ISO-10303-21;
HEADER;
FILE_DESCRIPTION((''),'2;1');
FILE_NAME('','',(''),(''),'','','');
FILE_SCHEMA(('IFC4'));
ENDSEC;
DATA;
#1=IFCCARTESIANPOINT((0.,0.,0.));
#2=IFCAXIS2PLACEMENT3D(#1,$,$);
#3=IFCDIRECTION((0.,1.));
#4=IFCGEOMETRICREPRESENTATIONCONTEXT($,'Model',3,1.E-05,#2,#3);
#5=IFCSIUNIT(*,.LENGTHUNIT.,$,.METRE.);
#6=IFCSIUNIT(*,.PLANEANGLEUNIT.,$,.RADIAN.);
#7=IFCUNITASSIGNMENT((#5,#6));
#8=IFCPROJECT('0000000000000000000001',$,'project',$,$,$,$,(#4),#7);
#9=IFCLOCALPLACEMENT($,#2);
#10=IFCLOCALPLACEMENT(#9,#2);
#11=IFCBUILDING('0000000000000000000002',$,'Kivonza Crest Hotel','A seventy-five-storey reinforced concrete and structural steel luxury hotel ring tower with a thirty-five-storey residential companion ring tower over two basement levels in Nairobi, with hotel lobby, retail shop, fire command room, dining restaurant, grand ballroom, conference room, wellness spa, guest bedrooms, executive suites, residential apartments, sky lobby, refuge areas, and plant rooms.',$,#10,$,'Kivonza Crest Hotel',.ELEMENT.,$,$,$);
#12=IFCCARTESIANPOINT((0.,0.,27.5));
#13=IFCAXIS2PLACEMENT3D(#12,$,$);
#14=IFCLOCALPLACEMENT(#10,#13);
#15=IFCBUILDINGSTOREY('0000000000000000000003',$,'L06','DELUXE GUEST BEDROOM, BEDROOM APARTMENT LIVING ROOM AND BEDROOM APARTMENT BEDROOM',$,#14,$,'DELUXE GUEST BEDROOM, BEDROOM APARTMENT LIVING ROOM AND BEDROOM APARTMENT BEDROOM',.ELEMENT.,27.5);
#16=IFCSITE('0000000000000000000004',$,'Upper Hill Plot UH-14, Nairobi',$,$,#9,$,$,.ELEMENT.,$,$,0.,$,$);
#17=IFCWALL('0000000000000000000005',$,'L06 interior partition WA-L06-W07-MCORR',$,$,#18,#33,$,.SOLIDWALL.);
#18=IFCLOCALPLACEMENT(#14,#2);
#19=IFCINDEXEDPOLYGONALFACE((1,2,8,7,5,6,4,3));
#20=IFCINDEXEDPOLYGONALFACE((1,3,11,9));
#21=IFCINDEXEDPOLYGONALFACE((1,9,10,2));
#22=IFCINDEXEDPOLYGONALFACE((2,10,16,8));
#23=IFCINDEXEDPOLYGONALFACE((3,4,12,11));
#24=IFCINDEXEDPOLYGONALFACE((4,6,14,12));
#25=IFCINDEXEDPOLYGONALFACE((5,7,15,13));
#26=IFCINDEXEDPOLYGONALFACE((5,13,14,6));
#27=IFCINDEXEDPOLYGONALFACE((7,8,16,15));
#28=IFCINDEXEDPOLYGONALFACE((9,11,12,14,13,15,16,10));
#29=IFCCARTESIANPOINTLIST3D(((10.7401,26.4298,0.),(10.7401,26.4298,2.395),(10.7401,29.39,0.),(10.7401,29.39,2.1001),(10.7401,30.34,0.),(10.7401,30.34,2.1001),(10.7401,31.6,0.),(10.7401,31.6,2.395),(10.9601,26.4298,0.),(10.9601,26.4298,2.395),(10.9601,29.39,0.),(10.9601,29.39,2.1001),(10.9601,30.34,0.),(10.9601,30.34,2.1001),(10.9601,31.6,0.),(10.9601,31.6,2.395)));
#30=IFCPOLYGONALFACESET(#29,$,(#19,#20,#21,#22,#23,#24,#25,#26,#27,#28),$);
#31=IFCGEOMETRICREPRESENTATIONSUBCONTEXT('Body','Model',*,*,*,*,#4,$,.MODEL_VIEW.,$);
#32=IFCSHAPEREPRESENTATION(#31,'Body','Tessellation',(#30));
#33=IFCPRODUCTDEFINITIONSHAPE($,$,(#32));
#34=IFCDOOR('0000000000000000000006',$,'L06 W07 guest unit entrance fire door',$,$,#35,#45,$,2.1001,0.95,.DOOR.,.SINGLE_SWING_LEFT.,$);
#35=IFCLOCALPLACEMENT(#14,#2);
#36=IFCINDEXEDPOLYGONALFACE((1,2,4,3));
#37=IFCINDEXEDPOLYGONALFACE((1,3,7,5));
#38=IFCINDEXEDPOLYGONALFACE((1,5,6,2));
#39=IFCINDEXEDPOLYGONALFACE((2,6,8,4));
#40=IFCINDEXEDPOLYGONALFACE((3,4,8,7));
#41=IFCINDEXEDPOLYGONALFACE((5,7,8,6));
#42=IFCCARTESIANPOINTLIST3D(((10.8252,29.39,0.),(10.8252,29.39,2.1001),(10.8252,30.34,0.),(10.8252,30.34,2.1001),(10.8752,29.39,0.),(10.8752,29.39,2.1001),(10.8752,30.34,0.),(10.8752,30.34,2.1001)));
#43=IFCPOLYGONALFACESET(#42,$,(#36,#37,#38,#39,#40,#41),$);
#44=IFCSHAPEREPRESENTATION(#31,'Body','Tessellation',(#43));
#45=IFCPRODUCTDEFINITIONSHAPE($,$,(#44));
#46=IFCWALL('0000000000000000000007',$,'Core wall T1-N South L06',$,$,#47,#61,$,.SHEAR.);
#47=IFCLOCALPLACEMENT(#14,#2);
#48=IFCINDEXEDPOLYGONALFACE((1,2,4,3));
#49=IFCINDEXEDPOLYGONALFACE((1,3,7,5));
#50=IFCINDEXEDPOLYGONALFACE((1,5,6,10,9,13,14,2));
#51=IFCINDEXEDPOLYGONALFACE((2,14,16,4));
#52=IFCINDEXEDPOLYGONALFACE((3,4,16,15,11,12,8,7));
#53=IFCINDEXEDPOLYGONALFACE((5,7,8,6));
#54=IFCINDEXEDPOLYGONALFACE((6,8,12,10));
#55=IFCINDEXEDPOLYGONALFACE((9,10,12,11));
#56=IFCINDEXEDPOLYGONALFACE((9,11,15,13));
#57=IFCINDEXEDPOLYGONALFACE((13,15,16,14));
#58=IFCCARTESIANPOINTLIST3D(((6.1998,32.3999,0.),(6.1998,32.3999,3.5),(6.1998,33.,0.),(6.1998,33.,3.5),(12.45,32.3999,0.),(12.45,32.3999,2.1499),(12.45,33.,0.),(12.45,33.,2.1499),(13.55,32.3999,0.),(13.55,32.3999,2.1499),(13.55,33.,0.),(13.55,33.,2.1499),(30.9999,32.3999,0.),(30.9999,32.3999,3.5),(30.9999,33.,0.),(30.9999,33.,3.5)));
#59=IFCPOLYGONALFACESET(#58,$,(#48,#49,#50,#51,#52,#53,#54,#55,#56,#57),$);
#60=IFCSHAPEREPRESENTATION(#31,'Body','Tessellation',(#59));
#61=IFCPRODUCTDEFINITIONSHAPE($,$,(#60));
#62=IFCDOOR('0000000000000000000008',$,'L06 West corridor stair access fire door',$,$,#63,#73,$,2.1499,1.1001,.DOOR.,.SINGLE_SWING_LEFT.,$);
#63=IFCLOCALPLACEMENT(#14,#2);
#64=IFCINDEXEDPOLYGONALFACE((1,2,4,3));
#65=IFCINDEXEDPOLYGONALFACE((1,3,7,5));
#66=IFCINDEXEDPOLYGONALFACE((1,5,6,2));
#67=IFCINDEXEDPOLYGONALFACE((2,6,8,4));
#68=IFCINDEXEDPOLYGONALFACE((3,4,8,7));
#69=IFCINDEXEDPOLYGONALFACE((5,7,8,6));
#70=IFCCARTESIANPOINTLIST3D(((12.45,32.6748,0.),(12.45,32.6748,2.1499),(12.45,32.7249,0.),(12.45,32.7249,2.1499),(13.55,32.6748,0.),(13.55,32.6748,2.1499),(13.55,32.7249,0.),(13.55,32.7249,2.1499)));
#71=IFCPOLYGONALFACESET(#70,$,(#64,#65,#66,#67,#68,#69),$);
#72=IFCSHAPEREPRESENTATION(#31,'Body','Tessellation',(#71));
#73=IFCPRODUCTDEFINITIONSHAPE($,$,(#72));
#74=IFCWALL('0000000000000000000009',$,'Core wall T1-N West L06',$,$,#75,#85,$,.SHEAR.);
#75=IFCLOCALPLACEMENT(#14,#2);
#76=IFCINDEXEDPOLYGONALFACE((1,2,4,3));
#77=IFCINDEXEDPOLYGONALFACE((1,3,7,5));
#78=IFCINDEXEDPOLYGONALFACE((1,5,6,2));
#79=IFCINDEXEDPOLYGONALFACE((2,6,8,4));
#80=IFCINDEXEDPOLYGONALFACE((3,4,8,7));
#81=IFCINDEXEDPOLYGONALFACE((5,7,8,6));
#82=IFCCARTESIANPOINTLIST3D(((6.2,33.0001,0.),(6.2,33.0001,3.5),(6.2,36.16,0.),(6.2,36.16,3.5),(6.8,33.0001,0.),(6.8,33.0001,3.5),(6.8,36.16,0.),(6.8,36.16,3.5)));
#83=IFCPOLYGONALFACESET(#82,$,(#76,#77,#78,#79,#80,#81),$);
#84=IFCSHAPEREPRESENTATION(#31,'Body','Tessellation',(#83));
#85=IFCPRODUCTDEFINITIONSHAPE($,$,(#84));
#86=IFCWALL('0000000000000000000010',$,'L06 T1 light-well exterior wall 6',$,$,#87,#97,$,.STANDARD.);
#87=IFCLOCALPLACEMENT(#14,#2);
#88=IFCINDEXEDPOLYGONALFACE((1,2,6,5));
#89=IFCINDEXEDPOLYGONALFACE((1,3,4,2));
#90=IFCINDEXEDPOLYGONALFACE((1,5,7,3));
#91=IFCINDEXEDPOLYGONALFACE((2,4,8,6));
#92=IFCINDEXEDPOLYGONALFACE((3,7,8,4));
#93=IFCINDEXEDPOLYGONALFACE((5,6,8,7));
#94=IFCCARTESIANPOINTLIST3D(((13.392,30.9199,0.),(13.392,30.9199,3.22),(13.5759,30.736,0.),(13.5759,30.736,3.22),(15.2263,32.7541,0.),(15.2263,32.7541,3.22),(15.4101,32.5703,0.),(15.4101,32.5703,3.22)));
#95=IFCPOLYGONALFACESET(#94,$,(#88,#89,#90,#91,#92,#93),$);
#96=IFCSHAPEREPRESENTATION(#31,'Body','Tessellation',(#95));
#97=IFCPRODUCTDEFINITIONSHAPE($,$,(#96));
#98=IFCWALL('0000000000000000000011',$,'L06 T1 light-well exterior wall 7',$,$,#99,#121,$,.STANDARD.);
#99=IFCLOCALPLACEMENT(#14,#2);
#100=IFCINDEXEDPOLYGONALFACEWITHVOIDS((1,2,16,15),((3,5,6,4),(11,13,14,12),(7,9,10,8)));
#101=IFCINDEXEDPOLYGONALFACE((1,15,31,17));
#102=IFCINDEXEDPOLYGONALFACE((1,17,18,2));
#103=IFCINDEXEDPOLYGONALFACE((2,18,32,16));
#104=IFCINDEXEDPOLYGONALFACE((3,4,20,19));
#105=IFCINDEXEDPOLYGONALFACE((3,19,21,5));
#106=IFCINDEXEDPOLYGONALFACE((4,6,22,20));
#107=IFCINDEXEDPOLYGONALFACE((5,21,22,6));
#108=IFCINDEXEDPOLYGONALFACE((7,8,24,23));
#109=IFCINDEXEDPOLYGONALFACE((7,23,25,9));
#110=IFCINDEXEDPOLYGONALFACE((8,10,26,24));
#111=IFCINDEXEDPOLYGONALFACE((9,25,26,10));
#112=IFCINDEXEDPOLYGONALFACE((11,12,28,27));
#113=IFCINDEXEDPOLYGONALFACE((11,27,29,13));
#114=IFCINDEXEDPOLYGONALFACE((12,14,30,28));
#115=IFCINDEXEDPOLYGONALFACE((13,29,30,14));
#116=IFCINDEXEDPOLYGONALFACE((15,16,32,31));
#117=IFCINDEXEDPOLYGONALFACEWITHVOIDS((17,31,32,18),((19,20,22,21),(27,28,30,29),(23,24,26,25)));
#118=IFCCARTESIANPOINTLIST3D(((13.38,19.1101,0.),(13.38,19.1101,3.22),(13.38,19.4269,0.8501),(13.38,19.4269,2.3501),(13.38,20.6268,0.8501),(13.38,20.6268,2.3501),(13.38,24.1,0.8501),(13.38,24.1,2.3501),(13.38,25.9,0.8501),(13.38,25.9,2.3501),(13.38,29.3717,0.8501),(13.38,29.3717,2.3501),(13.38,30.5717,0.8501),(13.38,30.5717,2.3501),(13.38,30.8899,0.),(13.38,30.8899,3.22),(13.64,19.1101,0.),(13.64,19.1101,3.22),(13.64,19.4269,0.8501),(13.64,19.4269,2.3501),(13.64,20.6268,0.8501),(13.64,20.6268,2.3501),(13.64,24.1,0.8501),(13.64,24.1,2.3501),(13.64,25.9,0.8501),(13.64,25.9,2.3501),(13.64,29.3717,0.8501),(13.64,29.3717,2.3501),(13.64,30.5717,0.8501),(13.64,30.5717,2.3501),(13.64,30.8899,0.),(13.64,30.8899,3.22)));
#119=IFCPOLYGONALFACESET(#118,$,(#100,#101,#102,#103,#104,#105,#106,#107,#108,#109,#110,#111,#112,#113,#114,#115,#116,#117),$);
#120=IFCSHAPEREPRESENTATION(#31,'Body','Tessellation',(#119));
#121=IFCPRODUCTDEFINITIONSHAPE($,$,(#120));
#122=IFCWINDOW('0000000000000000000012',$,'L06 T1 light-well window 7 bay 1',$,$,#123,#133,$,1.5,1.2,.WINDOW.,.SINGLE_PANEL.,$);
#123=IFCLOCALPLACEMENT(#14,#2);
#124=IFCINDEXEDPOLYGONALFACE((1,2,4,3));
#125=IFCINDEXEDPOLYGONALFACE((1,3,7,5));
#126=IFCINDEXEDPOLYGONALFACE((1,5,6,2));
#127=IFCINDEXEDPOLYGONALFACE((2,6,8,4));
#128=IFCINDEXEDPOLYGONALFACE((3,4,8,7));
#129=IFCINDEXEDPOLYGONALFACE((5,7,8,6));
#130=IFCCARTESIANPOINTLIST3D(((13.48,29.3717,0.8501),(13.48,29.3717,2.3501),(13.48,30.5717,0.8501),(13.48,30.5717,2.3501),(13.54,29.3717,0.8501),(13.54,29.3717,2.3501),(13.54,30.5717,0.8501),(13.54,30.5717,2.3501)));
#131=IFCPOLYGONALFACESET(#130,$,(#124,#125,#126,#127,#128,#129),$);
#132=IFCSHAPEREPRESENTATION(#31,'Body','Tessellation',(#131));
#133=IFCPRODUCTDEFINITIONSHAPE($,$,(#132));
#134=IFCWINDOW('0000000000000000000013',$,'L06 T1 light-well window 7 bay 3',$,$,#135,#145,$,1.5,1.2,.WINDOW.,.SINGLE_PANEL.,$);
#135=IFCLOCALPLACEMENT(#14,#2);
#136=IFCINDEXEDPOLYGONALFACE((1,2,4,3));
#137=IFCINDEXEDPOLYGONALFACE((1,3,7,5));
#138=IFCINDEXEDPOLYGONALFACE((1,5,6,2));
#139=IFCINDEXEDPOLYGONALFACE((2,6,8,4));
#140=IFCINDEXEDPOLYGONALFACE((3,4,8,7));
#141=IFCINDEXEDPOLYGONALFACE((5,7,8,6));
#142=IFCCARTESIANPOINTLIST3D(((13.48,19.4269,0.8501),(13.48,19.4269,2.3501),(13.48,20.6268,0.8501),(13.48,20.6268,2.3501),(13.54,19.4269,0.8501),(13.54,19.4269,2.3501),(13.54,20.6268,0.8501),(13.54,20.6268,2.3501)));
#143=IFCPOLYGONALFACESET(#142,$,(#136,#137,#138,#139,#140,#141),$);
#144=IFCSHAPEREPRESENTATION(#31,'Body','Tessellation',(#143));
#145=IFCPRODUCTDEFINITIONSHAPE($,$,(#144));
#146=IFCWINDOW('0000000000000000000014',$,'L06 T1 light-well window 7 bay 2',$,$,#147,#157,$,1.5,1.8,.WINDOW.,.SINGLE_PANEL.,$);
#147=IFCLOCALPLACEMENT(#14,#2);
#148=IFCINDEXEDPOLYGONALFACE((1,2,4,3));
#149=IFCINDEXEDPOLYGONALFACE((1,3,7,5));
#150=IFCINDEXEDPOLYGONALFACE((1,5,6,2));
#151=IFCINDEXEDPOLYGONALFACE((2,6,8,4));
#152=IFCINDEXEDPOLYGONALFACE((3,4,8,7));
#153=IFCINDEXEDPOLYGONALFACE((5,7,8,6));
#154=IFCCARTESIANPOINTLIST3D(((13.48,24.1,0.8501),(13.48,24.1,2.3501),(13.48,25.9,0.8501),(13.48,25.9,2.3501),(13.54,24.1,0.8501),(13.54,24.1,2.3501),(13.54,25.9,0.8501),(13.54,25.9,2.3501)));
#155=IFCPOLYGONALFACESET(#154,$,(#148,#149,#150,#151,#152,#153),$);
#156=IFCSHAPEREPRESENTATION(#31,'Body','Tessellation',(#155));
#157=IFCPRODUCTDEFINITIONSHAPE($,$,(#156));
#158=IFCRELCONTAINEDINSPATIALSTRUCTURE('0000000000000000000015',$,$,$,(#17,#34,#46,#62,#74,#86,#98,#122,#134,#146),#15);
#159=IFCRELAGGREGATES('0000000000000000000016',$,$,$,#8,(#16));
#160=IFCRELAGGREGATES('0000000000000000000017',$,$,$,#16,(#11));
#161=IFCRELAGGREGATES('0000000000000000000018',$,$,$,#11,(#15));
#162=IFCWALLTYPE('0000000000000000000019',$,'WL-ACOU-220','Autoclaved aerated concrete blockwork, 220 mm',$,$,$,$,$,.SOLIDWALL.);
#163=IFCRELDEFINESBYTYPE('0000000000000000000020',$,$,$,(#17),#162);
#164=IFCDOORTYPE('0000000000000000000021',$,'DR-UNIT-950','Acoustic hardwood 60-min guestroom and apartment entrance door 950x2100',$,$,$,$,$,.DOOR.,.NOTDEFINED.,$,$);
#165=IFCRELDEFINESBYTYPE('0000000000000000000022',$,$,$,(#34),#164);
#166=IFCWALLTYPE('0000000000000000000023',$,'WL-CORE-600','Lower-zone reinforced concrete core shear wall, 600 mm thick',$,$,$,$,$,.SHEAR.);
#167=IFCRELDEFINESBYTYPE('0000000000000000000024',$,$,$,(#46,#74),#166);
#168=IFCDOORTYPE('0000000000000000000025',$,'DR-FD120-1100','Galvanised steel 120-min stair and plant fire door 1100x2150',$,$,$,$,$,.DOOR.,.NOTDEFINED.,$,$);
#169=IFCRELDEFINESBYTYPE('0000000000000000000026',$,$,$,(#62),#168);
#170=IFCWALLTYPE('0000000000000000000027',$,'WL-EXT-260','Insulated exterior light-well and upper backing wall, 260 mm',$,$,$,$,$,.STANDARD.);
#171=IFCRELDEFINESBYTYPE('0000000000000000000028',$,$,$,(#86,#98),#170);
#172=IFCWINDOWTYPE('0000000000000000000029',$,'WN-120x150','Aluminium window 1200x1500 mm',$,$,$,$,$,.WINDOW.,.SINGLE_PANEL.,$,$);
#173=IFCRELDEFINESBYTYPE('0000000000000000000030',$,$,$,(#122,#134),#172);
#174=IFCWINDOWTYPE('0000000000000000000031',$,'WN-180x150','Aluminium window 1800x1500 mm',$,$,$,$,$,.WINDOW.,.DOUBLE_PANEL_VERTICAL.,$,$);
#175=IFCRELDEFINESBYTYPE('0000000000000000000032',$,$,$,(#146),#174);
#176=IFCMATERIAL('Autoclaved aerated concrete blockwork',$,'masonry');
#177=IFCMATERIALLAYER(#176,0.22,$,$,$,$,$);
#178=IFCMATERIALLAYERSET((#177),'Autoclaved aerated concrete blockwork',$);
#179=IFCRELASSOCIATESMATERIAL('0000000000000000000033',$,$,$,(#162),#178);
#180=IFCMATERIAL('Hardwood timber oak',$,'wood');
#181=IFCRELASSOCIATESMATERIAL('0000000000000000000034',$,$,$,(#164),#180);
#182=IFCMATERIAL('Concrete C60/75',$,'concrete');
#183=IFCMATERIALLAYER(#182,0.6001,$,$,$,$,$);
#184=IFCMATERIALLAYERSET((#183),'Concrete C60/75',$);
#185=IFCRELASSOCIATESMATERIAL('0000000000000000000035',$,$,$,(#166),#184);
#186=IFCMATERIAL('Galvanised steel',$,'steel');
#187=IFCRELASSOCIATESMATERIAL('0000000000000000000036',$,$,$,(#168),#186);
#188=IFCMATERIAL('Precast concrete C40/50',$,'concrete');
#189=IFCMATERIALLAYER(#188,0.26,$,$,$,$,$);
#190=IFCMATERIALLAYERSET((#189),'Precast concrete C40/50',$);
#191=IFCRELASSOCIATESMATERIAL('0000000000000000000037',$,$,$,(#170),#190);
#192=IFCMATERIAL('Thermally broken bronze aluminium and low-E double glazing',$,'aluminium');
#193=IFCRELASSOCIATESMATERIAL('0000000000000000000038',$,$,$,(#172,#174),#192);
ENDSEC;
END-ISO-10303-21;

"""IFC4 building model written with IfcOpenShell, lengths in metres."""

from ifc_helpers import new_model, si_unit, direction, frame, frame_2d, origin, place, context, subcontext, project, spatial, rectangle, extrude, material, layer, layer_set, type_object, element, fill, save


model = new_model("IFC4")

# Units and contexts
model_context = context("Model", 3, precision=1e-05, world=origin(), true_north=direction((0.0, 1.0)))
body_context = subcontext(model_context, "Body", "Model", "MODEL_VIEW")
ifc_project = project(units=[si_unit("LENGTHUNIT", "METRE"), si_unit("PLANEANGLEUNIT", "RADIAN")], contexts=[model_context])

# Site, building, storey
site_placement = place(None, origin())
site = spatial("IfcSite", under=ifc_project, at=site_placement, Name="Upper Hill Plot UH-14, Nairobi", CompositionType="ELEMENT", RefElevation=0.0)
building_placement = place(site_placement, origin())
building = spatial("IfcBuilding", under=site, at=building_placement, Name="Kivonza Crest Hotel", Description="A seventy-five-storey reinforced concrete and structural steel luxury hotel ring tower with a thirty-five-storey residential companion ring tower over two basement levels in Nairobi, with hotel lobby, retail shop, fire command room, dining restaurant, grand ballroom, conference room, wellness spa, guest bedrooms, executive suites, residential apartments, sky lobby, refuge areas, and plant rooms.", LongName="Kivonza Crest Hotel", CompositionType="ELEMENT")
storey_placement = place(building_placement, frame((0.0, 0.0, 27.5)))
storey = spatial("IfcBuildingStorey", under=building, at=storey_placement, Name="L06", Description="DELUXE GUEST BEDROOM, BEDROOM APARTMENT LIVING ROOM AND BEDROOM APARTMENT BEDROOM", LongName="DELUXE GUEST BEDROOM, BEDROOM APARTMENT LIVING ROOM AND BEDROOM APARTMENT BEDROOM", CompositionType="ELEMENT", Elevation=27.5)

# Shared definitions
ifc_material_1 = material(Name="Concrete C60/75", Category="concrete")

# Shared definitions
ifc_material_2 = material(Name="Autoclaved aerated concrete blockwork", Category="masonry")
ifc_layer_1 = layer(ifc_material_2, 0.22)
ifc_layer_set_1 = layer_set([ifc_layer_1], Name="Autoclaved aerated concrete blockwork")
wall_type_1 = type_object("IfcWallType", Name="WL-ACOU-220", Description="Autoclaved aerated concrete blockwork, 220 mm", PredefinedType="SOLIDWALL", material=ifc_layer_set_1)

# Walls, openings, doors
wall_1_placement = place(storey_placement, frame((10.8501, 26.4299, 0.0), z_axis=(0.0, 0.0, 1.0), x_axis=(0.0, 1.0, 0.0)))
wall_1 = element("IfcWall", 1, at=wall_1_placement, inside=storey, type_object=wall_type_1, Name="L06 interior partition WA-L06-W07-MCORR", PredefinedType="SOLIDWALL", context=body_context, shape_type="SweptSolid", body=[
    extrude(rectangle(XDim=5.1702, YDim=0.22, at=frame_2d((2.585, 0.0))), origin(), (0.0, 0.0, 1.0), 2.395),
])
opening_1_placement = place(wall_1_placement, frame((2.96, 0.0, 0.0)))
opening_1 = element("IfcOpeningElement", 2, at=opening_1_placement, cuts=wall_1, PredefinedType="OPENING", context=body_context, shape_type="SweptSolid", body=[
    extrude(rectangle(XDim=0.95, YDim=2.1001, at=frame_2d((0.4751, 1.05))), frame((0.0, 0.1201, 0.0), z_axis=(0.0, -1.0, 0.0), x_axis=(1.0, 0.0, 0.0)), (0.0, 0.0, 1.0), 0.24),
])
ifc_material_3 = material(Name="Hardwood timber oak", Category="wood")
door_type_1 = type_object("IfcDoorType", Name="DR-UNIT-950", Description="Acoustic hardwood 60-min guestroom and apartment entrance door 950x2100", OperationType="NOTDEFINED", PredefinedType="DOOR", material=ifc_material_3)
door_1_placement = place(opening_1_placement, origin())
door_1 = element("IfcDoor", 3, at=door_1_placement, inside=storey, type_object=door_type_1, Name="L06 W07 guest unit entrance fire door", OperationType="SINGLE_SWING_LEFT", OverallHeight=2.1001, OverallWidth=0.95, PredefinedType="DOOR", context=body_context, shape_type="SweptSolid", body=[
    extrude(rectangle(XDim=0.95, YDim=2.1001, at=frame_2d((0.4751, 1.05))), frame((0.0, 0.0249, 0.0), z_axis=(0.0, -1.0, 0.0), x_axis=(1.0, 0.0, 0.0)), (0.0, 0.0, 1.0), 0.05),
])
fill(opening_1, door_1)
ifc_layer_2 = layer(ifc_material_1, 0.6001)
ifc_layer_set_2 = layer_set([ifc_layer_2], Name="Concrete C60/75")
wall_type_2 = type_object("IfcWallType", Name="WL-CORE-600", Description="Lower-zone reinforced concrete core shear wall, 600 mm thick", PredefinedType="SHEAR", material=ifc_layer_set_2)
wall_2_placement = place(storey_placement, frame((6.2, 32.7, 0.0), z_axis=(0.0, 0.0, 1.0), x_axis=(1.0, 0.0, 0.0)))
wall_2 = element("IfcWall", 4, at=wall_2_placement, inside=storey, type_object=wall_type_2, Name="Core wall T1-N South L06", PredefinedType="SHEAR", context=body_context, shape_type="SweptSolid", body=[
    extrude(rectangle(XDim=24.8, YDim=0.6001, at=frame_2d((12.3999, 0.0))), origin(), (0.0, 0.0, 1.0), 3.5),
])
opening_2_placement = place(wall_2_placement, frame((6.25, 0.0, 0.0)))
opening_2 = element("IfcOpeningElement", 5, at=opening_2_placement, cuts=wall_2, PredefinedType="OPENING", context=body_context, shape_type="SweptSolid", body=[
    extrude(rectangle(XDim=1.1001, YDim=2.1499, at=frame_2d((0.55, 1.075))), frame((0.0, 0.3101, 0.0), z_axis=(0.0, -1.0, 0.0), x_axis=(1.0, 0.0, 0.0)), (0.0, 0.0, 1.0), 0.6201),
])
ifc_material_4 = material(Name="Galvanised steel", Category="steel")
door_type_2 = type_object("IfcDoorType", Name="DR-FD120-1100", Description="Galvanised steel 120-min stair and plant fire door 1100x2150", OperationType="NOTDEFINED", PredefinedType="DOOR", material=ifc_material_4)
door_2_placement = place(opening_2_placement, origin())
door_2 = element("IfcDoor", 6, at=door_2_placement, inside=storey, type_object=door_type_2, Name="L06 West corridor stair access fire door", OperationType="SINGLE_SWING_LEFT", OverallHeight=2.1499, OverallWidth=1.1001, PredefinedType="DOOR", context=body_context, shape_type="SweptSolid", body=[
    extrude(rectangle(XDim=1.1001, YDim=2.1499, at=frame_2d((0.55, 1.075))), frame((0.0, 0.0249, 0.0), z_axis=(0.0, -1.0, 0.0), x_axis=(1.0, 0.0, 0.0)), (0.0, 0.0, 1.0), 0.05),
])
fill(opening_2, door_2)

# Walls
wall_3_placement = place(storey_placement, frame((6.5, 33.0, 0.0), z_axis=(0.0, 0.0, 1.0), x_axis=(0.0, 1.0, 0.0)))
element("IfcWall", 7, at=wall_3_placement, inside=storey, type_object=wall_type_2, Name="Core wall T1-N West L06", PredefinedType="SHEAR", context=body_context, shape_type="SweptSolid", body=[
    extrude(rectangle(XDim=3.1599, YDim=0.6001, at=frame_2d((1.5801, 0.0))), origin(), (0.0, 0.0, 1.0), 3.5),
])
ifc_material_5 = material(Name="Precast concrete C40/50", Category="concrete")
ifc_layer_3 = layer(ifc_material_5, 0.26)
ifc_layer_set_3 = layer_set([ifc_layer_3], Name="Precast concrete C40/50")
wall_type_3 = type_object("IfcWallType", Name="WL-EXT-260", Description="Insulated exterior light-well and upper backing wall, 260 mm", PredefinedType="STANDARD", material=ifc_layer_set_3)
wall_4_placement = place(storey_placement, frame((15.3181, 32.6621, 0.0), z_axis=(0.0, 0.0, 1.0), x_axis=(-0.707107, -0.707107, 0.0)))
element("IfcWall", 8, at=wall_4_placement, inside=storey, type_object=wall_type_3, Name="L06 T1 light-well exterior wall 6", PredefinedType="STANDARD", context=body_context, shape_type="SweptSolid", body=[
    extrude(rectangle(XDim=2.594, YDim=0.26, at=frame_2d((1.2969, 0.0))), origin(), (0.0, 0.0, 1.0), 3.22),
])

# Wall, openings, windows
wall_5_placement = place(storey_placement, frame((13.51, 30.8899, 0.0), z_axis=(0.0, 0.0, 1.0), x_axis=(0.0, -1.0, 0.0)))
wall_5 = element("IfcWall", 9, at=wall_5_placement, inside=storey, type_object=wall_type_3, Name="L06 T1 light-well exterior wall 7", PredefinedType="STANDARD", context=body_context, shape_type="SweptSolid", body=[
    extrude(rectangle(XDim=11.7798, YDim=0.26, at=frame_2d((5.8899, 0.0))), origin(), (0.0, 0.0, 1.0), 3.22),
])
opening_3_placement = place(wall_5_placement, frame((0.3181, 0.0, 0.8501)))
opening_3 = element("IfcOpeningElement", 10, at=opening_3_placement, cuts=wall_5, PredefinedType="OPENING", context=body_context, shape_type="SweptSolid", body=[
    extrude(rectangle(XDim=1.2, YDim=1.5, at=frame_2d((0.6001, 0.75))), frame((0.0, 0.1401, 0.0), z_axis=(0.0, -1.0, 0.0), x_axis=(1.0, 0.0, 0.0)), (0.0, 0.0, 1.0), 0.28),
])
opening_4_placement = place(wall_5_placement, frame((4.99, 0.0, 0.8501)))
opening_4 = element("IfcOpeningElement", 11, at=opening_4_placement, cuts=wall_5, PredefinedType="OPENING", context=body_context, shape_type="SweptSolid", body=[
    extrude(rectangle(XDim=1.8, YDim=1.5, at=frame_2d((0.8999, 0.75))), frame((0.0, 0.1401, 0.0), z_axis=(0.0, -1.0, 0.0), x_axis=(1.0, 0.0, 0.0)), (0.0, 0.0, 1.0), 0.28),
])
opening_5_placement = place(wall_5_placement, frame((10.2629, 0.0, 0.8501)))
opening_5 = element("IfcOpeningElement", 12, at=opening_5_placement, cuts=wall_5, PredefinedType="OPENING", context=body_context, shape_type="SweptSolid", body=[
    extrude(rectangle(XDim=1.2, YDim=1.5, at=frame_2d((0.6001, 0.75))), frame((0.0, 0.1401, 0.0), z_axis=(0.0, -1.0, 0.0), x_axis=(1.0, 0.0, 0.0)), (0.0, 0.0, 1.0), 0.28),
])
ifc_material_6 = material(Name="Thermally broken bronze aluminium and low-E double glazing", Category="aluminium")
window_type_1 = type_object("IfcWindowType", Name="WN-120x150", Description="Aluminium window 1200x1500 mm", PartitioningType="SINGLE_PANEL", PredefinedType="WINDOW", material=ifc_material_6)
window_1_placement = place(opening_3_placement, origin())
window_1 = element("IfcWindow", 13, at=window_1_placement, inside=storey, type_object=window_type_1, Name="L06 T1 light-well window 7 bay 1", OverallHeight=1.5, OverallWidth=1.2, PartitioningType="SINGLE_PANEL", PredefinedType="WINDOW", context=body_context, shape_type="SweptSolid", body=[
    extrude(rectangle(XDim=1.2, YDim=1.5, at=frame_2d((0.6001, 0.75))), frame((0.0, 0.03, 0.0), z_axis=(0.0, -1.0, 0.0), x_axis=(1.0, 0.0, 0.0)), (0.0, 0.0, 1.0), 0.0601),
])
fill(opening_3, window_1)
window_2_placement = place(opening_5_placement, origin())
window_2 = element("IfcWindow", 14, at=window_2_placement, inside=storey, type_object=window_type_1, Name="L06 T1 light-well window 7 bay 3", OverallHeight=1.5, OverallWidth=1.2, PartitioningType="SINGLE_PANEL", PredefinedType="WINDOW", context=body_context, shape_type="SweptSolid", body=[
    extrude(rectangle(XDim=1.2, YDim=1.5, at=frame_2d((0.6001, 0.75))), frame((0.0, 0.03, 0.0), z_axis=(0.0, -1.0, 0.0), x_axis=(1.0, 0.0, 0.0)), (0.0, 0.0, 1.0), 0.0601),
])
fill(opening_5, window_2)
window_type_2 = type_object("IfcWindowType", Name="WN-180x150", Description="Aluminium window 1800x1500 mm", PartitioningType="DOUBLE_PANEL_VERTICAL", PredefinedType="WINDOW", material=ifc_material_6)
window_3_placement = place(opening_4_placement, origin())
window_3 = element("IfcWindow", 15, at=window_3_placement, inside=storey, type_object=window_type_2, Name="L06 T1 light-well window 7 bay 2", OverallHeight=1.5, OverallWidth=1.8, PartitioningType="SINGLE_PANEL", PredefinedType="WINDOW", context=body_context, shape_type="SweptSolid", body=[
    extrude(rectangle(XDim=1.8, YDim=1.5, at=frame_2d((0.8999, 0.75))), frame((0.0, 0.03, 0.0), z_axis=(0.0, -1.0, 0.0), x_axis=(1.0, 0.0, 0.0)), (0.0, 0.0, 1.0), 0.0601),
])
fill(opening_4, window_3)

save(model, "model.ifc")
